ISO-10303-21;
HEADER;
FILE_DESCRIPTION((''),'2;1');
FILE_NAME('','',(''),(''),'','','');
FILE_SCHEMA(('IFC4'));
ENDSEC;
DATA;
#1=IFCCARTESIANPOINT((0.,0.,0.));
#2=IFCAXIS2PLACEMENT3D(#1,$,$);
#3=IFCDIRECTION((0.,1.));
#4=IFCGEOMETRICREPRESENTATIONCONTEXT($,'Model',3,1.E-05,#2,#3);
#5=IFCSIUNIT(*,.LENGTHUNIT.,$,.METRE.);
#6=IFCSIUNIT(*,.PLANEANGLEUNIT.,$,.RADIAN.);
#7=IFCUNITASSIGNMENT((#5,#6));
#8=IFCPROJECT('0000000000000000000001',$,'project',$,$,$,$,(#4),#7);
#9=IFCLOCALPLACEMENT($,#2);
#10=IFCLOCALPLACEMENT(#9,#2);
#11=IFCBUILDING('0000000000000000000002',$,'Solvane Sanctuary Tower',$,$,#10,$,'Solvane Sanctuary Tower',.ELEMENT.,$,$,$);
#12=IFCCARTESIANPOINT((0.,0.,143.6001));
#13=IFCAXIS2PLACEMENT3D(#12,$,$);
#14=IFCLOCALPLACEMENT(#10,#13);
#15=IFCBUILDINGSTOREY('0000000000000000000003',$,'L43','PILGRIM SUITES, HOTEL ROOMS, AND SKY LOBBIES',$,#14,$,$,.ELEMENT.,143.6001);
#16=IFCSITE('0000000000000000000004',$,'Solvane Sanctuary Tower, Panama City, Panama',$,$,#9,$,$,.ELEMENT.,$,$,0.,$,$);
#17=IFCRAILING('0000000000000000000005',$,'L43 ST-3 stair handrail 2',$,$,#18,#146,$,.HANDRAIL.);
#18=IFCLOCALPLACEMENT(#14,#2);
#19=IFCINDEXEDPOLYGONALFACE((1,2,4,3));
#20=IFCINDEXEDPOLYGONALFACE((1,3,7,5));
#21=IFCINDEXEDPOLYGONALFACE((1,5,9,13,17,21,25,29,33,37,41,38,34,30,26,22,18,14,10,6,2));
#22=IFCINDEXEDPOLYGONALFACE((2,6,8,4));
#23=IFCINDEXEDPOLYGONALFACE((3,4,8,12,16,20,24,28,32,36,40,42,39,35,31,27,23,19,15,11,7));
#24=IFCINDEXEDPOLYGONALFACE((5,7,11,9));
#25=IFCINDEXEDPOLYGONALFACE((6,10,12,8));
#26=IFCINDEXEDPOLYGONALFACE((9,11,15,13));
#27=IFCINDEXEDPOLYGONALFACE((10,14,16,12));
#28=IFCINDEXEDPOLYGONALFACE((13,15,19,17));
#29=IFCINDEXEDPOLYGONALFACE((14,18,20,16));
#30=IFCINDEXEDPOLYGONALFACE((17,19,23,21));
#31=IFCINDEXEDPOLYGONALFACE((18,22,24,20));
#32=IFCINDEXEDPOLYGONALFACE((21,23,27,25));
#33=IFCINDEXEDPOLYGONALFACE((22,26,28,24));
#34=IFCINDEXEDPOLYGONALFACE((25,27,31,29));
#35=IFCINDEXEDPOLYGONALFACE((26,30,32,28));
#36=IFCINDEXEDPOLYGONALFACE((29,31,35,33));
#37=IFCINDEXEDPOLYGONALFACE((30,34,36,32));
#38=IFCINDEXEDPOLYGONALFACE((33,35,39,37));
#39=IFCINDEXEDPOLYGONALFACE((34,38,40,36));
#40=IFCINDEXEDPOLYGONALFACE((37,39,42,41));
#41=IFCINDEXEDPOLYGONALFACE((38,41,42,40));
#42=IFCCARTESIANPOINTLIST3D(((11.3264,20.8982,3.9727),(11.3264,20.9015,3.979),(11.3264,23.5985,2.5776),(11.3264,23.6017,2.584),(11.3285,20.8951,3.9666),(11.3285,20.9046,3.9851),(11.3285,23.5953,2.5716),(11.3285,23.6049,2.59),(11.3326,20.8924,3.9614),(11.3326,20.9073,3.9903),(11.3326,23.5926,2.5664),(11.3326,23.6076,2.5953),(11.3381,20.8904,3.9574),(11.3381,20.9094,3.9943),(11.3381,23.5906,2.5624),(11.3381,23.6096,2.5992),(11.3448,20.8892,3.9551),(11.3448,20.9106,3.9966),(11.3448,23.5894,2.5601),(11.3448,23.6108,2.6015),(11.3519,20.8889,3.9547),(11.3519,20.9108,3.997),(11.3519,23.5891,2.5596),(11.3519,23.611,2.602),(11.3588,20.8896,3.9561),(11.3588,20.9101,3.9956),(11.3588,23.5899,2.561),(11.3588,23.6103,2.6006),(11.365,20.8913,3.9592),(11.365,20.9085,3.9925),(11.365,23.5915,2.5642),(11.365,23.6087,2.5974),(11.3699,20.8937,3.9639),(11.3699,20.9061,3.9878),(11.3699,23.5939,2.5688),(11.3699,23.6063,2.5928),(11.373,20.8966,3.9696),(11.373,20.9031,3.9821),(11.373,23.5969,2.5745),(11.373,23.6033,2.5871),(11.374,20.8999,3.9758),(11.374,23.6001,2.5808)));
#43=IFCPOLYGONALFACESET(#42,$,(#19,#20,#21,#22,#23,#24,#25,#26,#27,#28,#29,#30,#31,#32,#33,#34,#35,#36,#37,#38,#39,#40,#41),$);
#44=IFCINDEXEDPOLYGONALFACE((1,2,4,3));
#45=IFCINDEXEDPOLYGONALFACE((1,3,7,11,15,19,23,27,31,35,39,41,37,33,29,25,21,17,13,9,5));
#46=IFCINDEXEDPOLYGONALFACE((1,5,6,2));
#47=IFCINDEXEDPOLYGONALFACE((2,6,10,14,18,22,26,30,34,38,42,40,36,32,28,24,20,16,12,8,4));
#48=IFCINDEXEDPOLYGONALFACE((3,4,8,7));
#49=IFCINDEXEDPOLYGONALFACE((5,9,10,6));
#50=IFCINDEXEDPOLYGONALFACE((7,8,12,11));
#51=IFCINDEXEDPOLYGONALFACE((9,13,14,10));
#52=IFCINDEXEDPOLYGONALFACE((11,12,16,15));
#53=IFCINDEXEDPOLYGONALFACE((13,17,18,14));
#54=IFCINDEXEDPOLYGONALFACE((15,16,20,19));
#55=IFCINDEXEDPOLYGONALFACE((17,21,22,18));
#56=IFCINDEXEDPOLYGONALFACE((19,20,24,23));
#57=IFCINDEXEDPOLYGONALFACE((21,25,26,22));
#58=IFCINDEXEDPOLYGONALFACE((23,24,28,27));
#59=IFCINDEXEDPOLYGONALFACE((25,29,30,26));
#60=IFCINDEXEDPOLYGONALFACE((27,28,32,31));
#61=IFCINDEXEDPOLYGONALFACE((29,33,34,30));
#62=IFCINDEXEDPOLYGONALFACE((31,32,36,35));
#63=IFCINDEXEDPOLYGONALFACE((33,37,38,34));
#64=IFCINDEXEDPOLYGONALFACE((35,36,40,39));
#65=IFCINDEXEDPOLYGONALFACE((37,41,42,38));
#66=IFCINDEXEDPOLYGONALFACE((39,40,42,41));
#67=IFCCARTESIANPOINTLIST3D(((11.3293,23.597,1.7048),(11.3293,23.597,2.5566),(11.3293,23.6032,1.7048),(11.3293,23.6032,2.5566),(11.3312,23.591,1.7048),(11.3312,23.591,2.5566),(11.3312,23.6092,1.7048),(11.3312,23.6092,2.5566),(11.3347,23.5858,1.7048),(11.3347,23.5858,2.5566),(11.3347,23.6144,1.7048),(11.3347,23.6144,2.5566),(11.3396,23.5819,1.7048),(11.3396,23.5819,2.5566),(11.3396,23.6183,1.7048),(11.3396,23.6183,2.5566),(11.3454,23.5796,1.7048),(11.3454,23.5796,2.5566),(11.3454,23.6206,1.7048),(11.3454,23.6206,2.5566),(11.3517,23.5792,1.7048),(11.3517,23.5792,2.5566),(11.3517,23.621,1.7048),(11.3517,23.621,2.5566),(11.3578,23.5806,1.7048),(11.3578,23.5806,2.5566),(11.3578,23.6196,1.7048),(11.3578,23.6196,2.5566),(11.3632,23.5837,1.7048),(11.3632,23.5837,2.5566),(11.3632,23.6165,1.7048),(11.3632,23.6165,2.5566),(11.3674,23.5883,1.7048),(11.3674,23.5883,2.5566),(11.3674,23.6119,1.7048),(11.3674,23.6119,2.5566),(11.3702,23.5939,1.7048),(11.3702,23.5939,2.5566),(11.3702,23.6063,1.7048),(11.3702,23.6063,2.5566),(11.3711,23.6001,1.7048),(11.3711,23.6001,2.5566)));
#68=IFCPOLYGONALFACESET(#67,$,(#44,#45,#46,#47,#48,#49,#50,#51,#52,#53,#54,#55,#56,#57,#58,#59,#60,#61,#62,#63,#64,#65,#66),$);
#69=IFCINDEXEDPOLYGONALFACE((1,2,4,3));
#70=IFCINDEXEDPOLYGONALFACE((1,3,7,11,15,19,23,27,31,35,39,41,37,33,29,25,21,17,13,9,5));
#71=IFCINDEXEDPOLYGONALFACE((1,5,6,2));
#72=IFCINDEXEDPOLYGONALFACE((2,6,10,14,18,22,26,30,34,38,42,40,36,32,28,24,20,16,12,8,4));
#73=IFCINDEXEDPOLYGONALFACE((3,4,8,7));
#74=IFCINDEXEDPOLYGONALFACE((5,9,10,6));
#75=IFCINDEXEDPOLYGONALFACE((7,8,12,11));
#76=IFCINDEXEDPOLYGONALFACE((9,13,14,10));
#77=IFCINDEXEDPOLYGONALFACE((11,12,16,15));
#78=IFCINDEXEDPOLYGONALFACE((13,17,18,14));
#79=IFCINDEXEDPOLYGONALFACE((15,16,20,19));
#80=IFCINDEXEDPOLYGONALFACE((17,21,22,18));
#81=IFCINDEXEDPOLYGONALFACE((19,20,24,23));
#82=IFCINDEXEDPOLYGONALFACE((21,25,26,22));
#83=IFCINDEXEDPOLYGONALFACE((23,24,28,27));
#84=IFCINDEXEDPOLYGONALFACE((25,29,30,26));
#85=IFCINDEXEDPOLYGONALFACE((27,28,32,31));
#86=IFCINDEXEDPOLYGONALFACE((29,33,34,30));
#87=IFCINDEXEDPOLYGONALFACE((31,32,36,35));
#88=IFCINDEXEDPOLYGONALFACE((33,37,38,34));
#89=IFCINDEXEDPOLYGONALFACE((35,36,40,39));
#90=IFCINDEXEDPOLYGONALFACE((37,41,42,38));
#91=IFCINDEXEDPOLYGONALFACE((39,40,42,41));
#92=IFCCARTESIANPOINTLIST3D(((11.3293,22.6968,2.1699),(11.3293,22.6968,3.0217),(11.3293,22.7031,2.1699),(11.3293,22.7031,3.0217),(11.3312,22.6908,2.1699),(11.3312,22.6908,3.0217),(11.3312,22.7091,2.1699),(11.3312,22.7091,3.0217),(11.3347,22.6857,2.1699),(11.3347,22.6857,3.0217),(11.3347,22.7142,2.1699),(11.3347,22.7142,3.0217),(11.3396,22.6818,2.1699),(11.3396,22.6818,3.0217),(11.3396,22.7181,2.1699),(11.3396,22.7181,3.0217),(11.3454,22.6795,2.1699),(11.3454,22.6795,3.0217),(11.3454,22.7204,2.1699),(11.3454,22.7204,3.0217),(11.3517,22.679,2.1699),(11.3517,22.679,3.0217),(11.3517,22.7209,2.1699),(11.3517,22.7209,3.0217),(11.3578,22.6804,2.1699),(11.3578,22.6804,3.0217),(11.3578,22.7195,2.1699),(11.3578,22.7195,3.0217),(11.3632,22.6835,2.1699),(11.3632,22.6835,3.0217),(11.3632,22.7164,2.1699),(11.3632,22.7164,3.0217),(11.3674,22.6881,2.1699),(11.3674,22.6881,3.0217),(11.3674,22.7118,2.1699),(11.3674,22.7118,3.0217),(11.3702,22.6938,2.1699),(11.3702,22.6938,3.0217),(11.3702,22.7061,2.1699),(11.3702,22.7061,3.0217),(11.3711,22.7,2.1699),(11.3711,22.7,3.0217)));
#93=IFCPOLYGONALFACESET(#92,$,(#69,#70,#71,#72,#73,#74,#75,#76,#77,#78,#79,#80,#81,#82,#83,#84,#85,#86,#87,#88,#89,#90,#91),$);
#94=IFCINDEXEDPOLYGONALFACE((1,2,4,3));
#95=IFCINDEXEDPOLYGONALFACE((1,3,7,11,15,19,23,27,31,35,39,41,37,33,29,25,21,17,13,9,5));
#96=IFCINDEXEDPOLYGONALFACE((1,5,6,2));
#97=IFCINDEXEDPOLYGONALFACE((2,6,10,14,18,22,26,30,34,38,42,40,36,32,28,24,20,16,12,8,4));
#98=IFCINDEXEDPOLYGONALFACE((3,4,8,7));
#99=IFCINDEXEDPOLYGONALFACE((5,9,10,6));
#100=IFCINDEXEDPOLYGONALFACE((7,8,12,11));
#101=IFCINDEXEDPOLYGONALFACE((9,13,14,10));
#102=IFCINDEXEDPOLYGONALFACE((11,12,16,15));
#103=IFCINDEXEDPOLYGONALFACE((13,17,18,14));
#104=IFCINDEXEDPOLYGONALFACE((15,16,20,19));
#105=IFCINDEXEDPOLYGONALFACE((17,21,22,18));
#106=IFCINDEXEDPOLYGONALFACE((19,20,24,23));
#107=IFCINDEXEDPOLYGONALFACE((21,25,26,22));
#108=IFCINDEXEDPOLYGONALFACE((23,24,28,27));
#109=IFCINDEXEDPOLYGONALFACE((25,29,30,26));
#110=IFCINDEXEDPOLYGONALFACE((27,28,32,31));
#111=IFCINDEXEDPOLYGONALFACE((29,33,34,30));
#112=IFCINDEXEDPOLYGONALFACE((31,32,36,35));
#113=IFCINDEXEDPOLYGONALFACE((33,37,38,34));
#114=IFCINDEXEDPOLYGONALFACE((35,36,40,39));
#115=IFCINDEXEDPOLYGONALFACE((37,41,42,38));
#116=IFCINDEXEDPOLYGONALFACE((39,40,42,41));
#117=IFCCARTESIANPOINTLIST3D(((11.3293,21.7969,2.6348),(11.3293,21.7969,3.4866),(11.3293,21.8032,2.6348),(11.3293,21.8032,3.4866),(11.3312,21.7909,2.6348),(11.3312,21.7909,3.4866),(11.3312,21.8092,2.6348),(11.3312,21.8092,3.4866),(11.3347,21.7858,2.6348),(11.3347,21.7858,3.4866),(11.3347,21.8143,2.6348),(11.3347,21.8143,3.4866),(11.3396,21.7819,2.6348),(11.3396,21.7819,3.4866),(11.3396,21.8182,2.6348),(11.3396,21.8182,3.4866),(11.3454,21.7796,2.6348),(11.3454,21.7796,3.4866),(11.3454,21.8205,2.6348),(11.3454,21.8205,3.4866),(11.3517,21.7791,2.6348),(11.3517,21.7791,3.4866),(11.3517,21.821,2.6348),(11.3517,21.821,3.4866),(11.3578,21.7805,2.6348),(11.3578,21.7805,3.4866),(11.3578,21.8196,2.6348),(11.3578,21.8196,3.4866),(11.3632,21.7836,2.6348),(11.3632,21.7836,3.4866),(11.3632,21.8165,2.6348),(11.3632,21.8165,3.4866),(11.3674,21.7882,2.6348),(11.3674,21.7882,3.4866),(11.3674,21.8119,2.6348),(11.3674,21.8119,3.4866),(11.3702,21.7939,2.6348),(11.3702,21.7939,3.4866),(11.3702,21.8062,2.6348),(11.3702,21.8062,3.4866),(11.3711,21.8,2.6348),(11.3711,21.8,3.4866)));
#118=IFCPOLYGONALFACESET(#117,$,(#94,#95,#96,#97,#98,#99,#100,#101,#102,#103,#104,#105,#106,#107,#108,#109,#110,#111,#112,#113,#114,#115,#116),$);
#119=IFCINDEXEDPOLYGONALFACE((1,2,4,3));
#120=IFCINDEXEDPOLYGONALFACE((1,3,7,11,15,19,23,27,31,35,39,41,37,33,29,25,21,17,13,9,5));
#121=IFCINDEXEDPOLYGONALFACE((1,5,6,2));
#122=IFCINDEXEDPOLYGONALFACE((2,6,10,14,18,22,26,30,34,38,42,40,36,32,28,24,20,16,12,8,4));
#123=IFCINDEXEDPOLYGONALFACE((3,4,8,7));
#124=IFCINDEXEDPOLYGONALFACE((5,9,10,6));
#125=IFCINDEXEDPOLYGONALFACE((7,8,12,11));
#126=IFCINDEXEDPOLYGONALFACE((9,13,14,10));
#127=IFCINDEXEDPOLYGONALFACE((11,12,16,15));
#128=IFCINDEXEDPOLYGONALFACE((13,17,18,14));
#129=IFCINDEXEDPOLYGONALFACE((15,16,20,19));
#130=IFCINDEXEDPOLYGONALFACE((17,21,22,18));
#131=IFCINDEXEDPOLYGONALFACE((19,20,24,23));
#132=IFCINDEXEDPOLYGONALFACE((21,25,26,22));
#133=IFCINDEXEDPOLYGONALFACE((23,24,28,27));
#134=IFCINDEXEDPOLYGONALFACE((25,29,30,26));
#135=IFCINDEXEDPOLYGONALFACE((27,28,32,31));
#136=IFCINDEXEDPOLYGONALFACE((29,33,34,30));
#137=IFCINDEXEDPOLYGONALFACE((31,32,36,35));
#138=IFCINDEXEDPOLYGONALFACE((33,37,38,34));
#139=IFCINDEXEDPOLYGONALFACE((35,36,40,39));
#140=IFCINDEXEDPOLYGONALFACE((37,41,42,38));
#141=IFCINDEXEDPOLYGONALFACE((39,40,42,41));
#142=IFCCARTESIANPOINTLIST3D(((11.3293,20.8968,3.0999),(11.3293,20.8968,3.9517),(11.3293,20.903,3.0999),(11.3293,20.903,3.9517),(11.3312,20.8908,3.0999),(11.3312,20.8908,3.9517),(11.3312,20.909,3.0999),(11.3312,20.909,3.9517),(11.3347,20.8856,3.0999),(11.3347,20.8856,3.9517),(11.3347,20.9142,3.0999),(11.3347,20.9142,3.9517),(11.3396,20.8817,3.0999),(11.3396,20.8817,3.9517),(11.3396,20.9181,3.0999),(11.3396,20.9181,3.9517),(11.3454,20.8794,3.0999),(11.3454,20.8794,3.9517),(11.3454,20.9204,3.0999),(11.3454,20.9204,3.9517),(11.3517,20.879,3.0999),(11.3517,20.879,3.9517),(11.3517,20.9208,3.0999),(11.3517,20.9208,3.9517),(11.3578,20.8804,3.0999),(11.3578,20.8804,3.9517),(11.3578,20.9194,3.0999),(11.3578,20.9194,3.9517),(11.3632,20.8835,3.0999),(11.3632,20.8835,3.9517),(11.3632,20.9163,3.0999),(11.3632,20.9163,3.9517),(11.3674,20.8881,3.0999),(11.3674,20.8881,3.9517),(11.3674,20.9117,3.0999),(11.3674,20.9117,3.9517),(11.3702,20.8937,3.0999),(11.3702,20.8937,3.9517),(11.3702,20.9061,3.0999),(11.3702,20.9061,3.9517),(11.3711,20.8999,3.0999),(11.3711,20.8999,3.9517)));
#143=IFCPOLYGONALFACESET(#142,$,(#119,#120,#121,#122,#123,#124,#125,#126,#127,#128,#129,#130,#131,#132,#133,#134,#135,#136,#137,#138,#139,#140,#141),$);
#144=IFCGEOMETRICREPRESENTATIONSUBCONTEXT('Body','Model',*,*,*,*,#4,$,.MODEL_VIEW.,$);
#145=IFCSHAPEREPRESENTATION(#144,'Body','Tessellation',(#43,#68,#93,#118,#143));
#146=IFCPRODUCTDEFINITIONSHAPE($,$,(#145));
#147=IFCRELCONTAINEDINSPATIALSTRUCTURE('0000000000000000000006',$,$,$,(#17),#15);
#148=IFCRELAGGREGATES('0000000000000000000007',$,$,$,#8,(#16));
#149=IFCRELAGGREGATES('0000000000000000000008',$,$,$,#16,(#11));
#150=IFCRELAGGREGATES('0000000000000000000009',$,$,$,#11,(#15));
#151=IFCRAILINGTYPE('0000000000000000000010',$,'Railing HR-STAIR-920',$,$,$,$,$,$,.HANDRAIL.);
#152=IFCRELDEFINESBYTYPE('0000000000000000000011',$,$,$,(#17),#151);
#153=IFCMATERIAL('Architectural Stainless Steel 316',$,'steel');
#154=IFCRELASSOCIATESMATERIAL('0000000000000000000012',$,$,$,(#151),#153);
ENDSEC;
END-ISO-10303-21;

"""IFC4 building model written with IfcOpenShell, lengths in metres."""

from ifc_helpers import new_model, si_unit, direction, frame, origin, origin_2d, place, context, subcontext, project, spatial, circle, extrude, material, type_object, element, save


model = new_model("IFC4")

# Units and contexts
model_context = context("Model", 3, precision=1e-05, world=origin(), true_north=direction((0.0, 1.0)))
body_context = subcontext(model_context, "Body", "Model", "MODEL_VIEW")
ifc_project = project(units=[si_unit("LENGTHUNIT", "METRE"), si_unit("PLANEANGLEUNIT", "RADIAN")], contexts=[model_context])

# Site, building, storey
site_placement = place(None, origin())
site = spatial("IfcSite", under=ifc_project, at=site_placement, Name="Solvane Sanctuary Tower, Panama City, Panama", CompositionType="ELEMENT", RefElevation=0.0)
building_placement = place(site_placement, origin())
building = spatial("IfcBuilding", under=site, at=building_placement, Name="Solvane Sanctuary Tower", LongName="Solvane Sanctuary Tower", CompositionType="ELEMENT")
storey_placement = place(building_placement, frame((0.0, 0.0, 143.6001)))
storey = spatial("IfcBuildingStorey", under=building, at=storey_placement, Name="L43", Description="PILGRIM SUITES, HOTEL ROOMS, AND SKY LOBBIES", CompositionType="ELEMENT", Elevation=143.6001)

# Railing
ifc_material_1 = material(Name="Architectural Stainless Steel 316", Category="steel")
railing_type_1 = type_object("IfcRailingType", Name="Railing HR-STAIR-920", PredefinedType="HANDRAIL", material=ifc_material_1)
railing_1_placement = place(storey_placement, frame((11.3501, 23.6001, 1.7048)))
element("IfcRailing", 1, at=railing_1_placement, inside=storey, type_object=railing_type_1, Name="L43 ST-3 stair handrail 2", PredefinedType="HANDRAIL", context=body_context, shape_type="SweptSolid", body=[
    extrude(circle(Radius=0.0239, at=origin_2d()), frame((0.0, 0.0, 0.876), z_axis=(0.0, -0.888437, 0.458999), x_axis=(1.0, 0.0, 0.0)), (0.0, 0.0, 1.0), 3.0393),
    extrude(circle(Radius=0.021, at=origin_2d()), origin(), (0.0, 0.0, 1.0), 0.8518),
    extrude(circle(Radius=0.021, at=origin_2d()), frame((0.0, -0.9001, 0.4651)), (0.0, 0.0, 1.0), 0.8518),
    extrude(circle(Radius=0.021, at=origin_2d()), frame((0.0, -1.8, 0.9299)), (0.0, 0.0, 1.0), 0.8518),
    extrude(circle(Radius=0.021, at=origin_2d()), frame((0.0, -2.7002, 1.395)), (0.0, 0.0, 1.0), 0.8518),
])

save(model, "model.ifc")
